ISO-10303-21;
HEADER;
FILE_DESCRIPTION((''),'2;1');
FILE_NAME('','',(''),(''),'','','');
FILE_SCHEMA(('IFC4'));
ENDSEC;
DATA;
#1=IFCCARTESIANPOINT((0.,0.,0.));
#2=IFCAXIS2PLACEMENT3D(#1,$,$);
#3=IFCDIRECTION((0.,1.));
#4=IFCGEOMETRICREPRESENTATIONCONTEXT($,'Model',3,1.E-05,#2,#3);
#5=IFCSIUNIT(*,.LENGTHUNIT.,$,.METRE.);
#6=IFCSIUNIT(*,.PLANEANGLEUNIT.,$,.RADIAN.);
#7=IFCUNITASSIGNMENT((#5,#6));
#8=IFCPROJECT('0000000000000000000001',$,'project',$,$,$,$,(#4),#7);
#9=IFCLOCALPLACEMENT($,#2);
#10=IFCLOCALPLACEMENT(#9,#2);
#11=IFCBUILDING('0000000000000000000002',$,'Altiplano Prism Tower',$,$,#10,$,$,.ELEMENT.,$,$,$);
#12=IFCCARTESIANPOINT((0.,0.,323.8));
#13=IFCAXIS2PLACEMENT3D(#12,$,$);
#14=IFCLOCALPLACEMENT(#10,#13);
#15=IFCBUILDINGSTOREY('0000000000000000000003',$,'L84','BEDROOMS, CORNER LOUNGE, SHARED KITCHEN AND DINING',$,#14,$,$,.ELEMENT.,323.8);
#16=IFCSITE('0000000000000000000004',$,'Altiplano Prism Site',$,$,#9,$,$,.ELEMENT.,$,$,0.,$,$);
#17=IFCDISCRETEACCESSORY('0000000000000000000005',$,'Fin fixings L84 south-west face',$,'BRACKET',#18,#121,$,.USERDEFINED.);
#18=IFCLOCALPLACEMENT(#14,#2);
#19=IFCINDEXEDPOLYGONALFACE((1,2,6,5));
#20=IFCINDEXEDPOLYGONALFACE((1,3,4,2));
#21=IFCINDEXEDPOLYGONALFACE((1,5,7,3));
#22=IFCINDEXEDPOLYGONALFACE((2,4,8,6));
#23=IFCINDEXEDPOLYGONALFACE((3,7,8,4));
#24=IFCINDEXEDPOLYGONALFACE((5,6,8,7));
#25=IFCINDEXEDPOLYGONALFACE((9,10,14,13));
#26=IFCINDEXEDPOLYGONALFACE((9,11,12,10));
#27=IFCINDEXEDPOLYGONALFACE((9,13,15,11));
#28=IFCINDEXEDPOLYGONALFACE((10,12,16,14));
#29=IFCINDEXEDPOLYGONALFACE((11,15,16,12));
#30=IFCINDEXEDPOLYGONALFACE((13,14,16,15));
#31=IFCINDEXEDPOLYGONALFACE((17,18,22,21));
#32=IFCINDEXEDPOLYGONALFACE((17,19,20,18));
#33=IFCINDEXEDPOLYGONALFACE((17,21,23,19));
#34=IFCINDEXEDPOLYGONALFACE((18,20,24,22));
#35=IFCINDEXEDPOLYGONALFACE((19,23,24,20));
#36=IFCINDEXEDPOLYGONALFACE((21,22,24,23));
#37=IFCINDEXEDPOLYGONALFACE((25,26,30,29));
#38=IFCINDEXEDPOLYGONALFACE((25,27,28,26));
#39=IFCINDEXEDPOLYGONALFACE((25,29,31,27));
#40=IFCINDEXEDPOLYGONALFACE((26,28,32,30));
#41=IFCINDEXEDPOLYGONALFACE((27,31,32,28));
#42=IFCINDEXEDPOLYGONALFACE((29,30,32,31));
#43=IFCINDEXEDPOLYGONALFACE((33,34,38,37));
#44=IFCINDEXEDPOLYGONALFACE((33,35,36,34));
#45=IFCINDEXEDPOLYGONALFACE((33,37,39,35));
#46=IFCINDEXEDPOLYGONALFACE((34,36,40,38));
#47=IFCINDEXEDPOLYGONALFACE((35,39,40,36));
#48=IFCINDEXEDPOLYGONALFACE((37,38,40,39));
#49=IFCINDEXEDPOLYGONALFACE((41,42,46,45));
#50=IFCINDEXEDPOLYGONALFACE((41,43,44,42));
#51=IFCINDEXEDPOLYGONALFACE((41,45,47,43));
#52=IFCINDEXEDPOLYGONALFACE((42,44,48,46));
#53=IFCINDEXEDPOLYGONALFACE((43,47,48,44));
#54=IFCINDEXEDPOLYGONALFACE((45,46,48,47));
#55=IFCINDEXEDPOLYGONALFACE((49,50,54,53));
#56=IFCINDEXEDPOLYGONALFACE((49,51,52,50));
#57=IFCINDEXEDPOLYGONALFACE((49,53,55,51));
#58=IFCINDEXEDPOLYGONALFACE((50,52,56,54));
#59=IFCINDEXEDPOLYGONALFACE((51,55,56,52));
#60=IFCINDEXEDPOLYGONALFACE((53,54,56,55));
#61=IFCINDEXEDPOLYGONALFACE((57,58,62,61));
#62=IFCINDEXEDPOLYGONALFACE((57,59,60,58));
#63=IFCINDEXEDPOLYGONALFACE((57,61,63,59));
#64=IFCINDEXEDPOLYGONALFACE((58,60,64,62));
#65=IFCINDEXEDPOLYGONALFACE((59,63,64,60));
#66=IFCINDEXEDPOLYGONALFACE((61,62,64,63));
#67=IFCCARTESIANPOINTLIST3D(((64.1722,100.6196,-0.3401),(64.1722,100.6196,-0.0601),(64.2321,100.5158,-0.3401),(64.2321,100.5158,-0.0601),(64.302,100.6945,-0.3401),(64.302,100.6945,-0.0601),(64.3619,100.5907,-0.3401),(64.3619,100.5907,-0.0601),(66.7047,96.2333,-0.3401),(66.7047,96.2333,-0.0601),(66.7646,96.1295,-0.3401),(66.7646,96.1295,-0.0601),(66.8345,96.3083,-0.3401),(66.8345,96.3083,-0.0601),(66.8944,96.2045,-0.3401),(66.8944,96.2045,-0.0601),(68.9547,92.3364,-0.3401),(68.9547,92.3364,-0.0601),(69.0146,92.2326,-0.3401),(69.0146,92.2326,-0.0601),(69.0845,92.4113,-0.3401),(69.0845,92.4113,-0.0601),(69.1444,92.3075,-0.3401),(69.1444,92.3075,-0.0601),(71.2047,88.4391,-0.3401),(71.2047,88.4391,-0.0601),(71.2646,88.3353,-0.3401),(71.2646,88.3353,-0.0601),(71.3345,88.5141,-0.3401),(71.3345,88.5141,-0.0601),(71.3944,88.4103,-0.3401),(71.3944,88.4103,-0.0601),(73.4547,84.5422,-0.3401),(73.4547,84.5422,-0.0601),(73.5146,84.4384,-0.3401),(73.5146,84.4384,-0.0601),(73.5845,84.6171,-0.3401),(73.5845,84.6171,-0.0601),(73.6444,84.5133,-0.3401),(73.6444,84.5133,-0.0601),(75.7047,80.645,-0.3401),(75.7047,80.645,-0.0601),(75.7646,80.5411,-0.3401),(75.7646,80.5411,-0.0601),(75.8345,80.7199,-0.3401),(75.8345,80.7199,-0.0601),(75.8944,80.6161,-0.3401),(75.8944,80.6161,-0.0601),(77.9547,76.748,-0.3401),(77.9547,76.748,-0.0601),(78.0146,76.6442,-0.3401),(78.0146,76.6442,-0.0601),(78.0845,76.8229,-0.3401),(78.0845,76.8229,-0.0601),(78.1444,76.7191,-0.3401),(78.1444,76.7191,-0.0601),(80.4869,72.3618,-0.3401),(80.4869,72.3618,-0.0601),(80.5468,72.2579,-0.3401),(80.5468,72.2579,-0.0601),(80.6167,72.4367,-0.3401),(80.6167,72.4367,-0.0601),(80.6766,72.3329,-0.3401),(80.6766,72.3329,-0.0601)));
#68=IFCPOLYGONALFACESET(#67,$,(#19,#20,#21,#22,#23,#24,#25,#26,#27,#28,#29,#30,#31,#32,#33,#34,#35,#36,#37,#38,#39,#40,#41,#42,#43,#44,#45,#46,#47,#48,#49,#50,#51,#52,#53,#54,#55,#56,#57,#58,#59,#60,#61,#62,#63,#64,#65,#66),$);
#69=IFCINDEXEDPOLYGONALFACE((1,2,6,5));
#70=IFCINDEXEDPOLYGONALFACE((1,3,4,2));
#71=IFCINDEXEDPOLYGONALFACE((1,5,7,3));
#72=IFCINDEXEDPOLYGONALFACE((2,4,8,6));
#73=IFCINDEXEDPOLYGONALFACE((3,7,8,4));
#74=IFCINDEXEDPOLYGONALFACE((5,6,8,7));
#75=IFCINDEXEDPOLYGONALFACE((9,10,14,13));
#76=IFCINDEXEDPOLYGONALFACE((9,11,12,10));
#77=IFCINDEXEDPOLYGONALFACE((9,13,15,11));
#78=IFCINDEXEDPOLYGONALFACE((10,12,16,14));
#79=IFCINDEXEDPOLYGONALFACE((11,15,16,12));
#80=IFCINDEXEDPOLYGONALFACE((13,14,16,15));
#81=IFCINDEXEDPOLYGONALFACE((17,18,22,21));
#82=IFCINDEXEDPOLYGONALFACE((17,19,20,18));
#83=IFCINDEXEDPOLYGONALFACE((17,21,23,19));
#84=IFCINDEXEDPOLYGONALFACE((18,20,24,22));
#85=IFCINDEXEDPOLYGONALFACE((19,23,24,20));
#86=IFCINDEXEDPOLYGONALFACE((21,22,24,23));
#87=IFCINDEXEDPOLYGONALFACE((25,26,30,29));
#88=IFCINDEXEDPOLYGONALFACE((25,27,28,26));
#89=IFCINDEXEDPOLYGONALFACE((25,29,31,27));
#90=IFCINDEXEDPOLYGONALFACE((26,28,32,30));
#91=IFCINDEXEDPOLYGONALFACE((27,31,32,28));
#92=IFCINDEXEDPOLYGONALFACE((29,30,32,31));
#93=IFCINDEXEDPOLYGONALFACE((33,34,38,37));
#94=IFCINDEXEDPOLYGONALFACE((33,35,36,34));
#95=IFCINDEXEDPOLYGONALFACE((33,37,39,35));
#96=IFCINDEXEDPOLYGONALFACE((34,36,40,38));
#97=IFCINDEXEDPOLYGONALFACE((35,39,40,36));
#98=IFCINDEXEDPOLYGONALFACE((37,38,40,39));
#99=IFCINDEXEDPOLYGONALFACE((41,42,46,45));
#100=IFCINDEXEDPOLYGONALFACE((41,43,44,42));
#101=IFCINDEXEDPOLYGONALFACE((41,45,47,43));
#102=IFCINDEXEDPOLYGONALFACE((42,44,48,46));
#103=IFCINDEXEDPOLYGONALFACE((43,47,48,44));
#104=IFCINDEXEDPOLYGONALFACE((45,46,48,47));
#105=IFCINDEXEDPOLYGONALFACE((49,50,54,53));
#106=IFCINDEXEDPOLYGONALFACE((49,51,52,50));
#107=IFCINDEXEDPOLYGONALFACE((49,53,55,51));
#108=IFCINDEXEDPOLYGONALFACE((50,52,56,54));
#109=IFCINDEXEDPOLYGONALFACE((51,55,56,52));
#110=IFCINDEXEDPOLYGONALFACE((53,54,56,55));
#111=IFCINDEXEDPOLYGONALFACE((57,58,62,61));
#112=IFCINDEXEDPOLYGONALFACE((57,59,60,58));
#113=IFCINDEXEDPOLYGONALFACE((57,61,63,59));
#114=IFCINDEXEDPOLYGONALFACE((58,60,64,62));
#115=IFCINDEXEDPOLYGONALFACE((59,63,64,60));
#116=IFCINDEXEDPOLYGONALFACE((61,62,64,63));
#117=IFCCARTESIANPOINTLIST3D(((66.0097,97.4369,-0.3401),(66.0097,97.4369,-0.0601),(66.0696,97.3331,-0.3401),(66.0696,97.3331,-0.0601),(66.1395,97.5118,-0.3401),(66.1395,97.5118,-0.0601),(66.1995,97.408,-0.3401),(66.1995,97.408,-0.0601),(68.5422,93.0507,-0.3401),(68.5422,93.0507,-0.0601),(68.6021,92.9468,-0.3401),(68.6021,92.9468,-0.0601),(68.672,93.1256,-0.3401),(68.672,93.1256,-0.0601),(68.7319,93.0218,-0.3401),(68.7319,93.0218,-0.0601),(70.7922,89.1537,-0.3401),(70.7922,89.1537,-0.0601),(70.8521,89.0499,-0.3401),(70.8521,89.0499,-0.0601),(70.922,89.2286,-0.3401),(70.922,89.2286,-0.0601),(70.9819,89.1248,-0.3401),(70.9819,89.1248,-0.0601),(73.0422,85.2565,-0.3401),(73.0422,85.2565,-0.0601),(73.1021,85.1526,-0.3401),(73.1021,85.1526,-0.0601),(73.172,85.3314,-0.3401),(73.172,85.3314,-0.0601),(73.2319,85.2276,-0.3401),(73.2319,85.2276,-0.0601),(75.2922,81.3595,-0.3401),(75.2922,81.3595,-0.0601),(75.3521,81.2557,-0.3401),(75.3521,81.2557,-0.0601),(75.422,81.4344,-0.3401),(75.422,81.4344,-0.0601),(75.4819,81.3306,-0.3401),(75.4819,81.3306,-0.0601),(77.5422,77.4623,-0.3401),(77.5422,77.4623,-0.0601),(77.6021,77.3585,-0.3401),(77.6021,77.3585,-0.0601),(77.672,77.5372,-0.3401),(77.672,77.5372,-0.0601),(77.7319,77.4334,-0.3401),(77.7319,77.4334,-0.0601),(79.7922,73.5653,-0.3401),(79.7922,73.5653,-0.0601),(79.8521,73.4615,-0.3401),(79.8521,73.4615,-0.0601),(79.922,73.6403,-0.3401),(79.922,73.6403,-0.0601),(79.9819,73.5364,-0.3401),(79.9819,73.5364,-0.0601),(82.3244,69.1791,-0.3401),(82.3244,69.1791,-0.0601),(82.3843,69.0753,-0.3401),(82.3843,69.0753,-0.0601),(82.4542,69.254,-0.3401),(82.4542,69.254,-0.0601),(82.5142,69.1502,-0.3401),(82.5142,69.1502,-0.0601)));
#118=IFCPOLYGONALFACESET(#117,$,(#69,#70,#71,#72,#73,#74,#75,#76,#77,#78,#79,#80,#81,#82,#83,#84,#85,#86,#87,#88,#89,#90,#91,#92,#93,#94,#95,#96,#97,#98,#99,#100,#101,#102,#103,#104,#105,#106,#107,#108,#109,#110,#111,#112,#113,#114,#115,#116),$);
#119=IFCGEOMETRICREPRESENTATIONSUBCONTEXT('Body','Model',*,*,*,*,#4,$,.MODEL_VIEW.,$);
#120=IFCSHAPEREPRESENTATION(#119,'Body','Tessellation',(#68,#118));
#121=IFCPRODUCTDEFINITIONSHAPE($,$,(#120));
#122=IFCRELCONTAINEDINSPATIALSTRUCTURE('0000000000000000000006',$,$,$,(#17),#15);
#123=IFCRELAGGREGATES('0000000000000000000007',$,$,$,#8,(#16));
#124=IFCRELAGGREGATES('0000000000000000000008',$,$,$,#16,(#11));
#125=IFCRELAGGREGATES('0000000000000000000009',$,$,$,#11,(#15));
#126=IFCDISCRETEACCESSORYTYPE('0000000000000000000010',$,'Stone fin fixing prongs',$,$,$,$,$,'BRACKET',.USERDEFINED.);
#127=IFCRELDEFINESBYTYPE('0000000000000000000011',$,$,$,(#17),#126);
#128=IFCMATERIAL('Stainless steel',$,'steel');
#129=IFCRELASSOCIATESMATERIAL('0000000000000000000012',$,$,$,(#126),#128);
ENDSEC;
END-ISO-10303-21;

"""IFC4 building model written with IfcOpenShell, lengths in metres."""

from ifc_helpers import new_model, si_unit, direction, frame, origin, place, context, subcontext, project, spatial, polyline, outline, extrude, source, transform, mapped, material, type_object, element, save


model = new_model("IFC4")

# Units and contexts
model_context = context("Model", 3, precision=1e-05, world=origin(), true_north=direction((0.0, 1.0)))
body_context = subcontext(model_context, "Body", "Model", "MODEL_VIEW")
ifc_project = project(units=[si_unit("LENGTHUNIT", "METRE"), si_unit("PLANEANGLEUNIT", "RADIAN")], contexts=[model_context])

# Site, building, storey
site_placement = place(None, origin())
site = spatial("IfcSite", under=ifc_project, at=site_placement, Name="Altiplano Prism Site", CompositionType="ELEMENT", RefElevation=0.0)
building_placement = place(site_placement, origin())
building = spatial("IfcBuilding", under=site, at=building_placement, Name="Altiplano Prism Tower", CompositionType="ELEMENT")
storey_placement = place(building_placement, frame((0.0, 0.0, 323.8)))
storey = spatial("IfcBuildingStorey", under=building, at=storey_placement, Name="L84", Description="BEDROOMS, CORNER LOUNGE, SHARED KITCHEN AND DINING", CompositionType="ELEMENT", Elevation=323.8)

# Discrete accessory
ifc_material_1 = material(Name="Stainless steel", Category="steel")
discrete_accessory_type = type_object("IfcDiscreteAccessoryType", Name="Stone fin fixing prongs", ElementType="BRACKET", PredefinedType="USERDEFINED", material=ifc_material_1)
shared_shape_1 = source(origin(), body_context, "Body", "SweptSolid", [
    extrude(outline(polyline([(-1.8975, 0.0601), (-1.7776, 0.0601), (-1.7776, 0.3401), (-1.8975, 0.3401), (-1.8975, 0.0601)])), frame((0.0, 0.0, 0.0), z_axis=(0.0, -1.0, 0.0), x_axis=(1.0, 0.0, 0.0)), (0.0, 0.0, 1.0), 0.1499),
    extrude(outline(polyline([(1.7776, 0.0601), (1.8975, 0.0601), (1.8975, 0.3401), (1.7776, 0.3401), (1.7776, 0.0601)])), frame((0.0, 0.0, 0.0), z_axis=(0.0, -1.0, 0.0), x_axis=(1.0, 0.0, 0.0)), (0.0, 0.0, 1.0), 0.1499),
])
shared_shape_2 = source(origin(), body_context, "Body", "SweptSolid", [
    extrude(outline(polyline([(-1.8975, 0.0601), (-1.7776, 0.0601), (-1.7776, 0.3401), (-1.8975, 0.3401), (-1.8975, 0.0601)])), frame((0.0, 0.0, 0.0), z_axis=(0.0, -1.0, 0.0), x_axis=(1.0, 0.0, 0.0)), (0.0, 0.0, 1.0), 0.1499),
    extrude(outline(polyline([(1.7776, 0.0601), (1.8975, 0.0601), (1.8975, 0.3401), (1.7776, 0.3401), (1.7776, 0.0601)])), frame((0.0, 0.0, 0.0), z_axis=(0.0, -1.0, 0.0), x_axis=(1.0, 0.0, 0.0)), (0.0, 0.0, 1.0), 0.1499),
])
discrete_accessory_1_placement = place(storey_placement, origin())
element("IfcDiscreteAccessory", 1, at=discrete_accessory_1_placement, inside=storey, type_object=discrete_accessory_type, Name="Fin fixings L84 south-west face", ObjectType="BRACKET", PredefinedType="USERDEFINED", context=body_context, shape_type="MappedRepresentation", body=[
    mapped(shared_shape_1, transform((65.2507, 99.0513, -0.4001), x_axis=(0.5, -0.866025, 0.0), y_axis=(0.866025, 0.5, 0.0), z_axis=(0.0, 0.0, 1.0))),
    mapped(shared_shape_2, transform((67.7832, 94.665, -0.4001), x_axis=(0.5, -0.866025, 0.0), y_axis=(0.866025, 0.5, 0.0), z_axis=(0.0, 0.0, 1.0))),
    mapped(shared_shape_2, transform((70.0332, 90.7681, -0.4001), x_axis=(0.5, -0.866025, 0.0), y_axis=(0.866025, 0.5, 0.0), z_axis=(0.0, 0.0, 1.0))),
    mapped(shared_shape_2, transform((72.2832, 86.8708, -0.4001), x_axis=(0.5, -0.866025, 0.0), y_axis=(0.866025, 0.5, 0.0), z_axis=(0.0, 0.0, 1.0))),
    mapped(shared_shape_2, transform((74.5332, 82.9739, -0.4001), x_axis=(0.5, -0.866025, 0.0), y_axis=(0.866025, 0.5, 0.0), z_axis=(0.0, 0.0, 1.0))),
    mapped(shared_shape_2, transform((76.7832, 79.0767, -0.4001), x_axis=(0.5, -0.866025, 0.0), y_axis=(0.866025, 0.5, 0.0), z_axis=(0.0, 0.0, 1.0))),
    mapped(shared_shape_2, transform((79.0332, 75.1797, -0.4001), x_axis=(0.5, -0.866025, 0.0), y_axis=(0.866025, 0.5, 0.0), z_axis=(0.0, 0.0, 1.0))),
    mapped(shared_shape_1, transform((81.5654, 70.7935, -0.4001), x_axis=(0.5, -0.866025, 0.0), y_axis=(0.866025, 0.5, 0.0), z_axis=(0.0, 0.0, 1.0))),
])

save(model, "model.ifc")
